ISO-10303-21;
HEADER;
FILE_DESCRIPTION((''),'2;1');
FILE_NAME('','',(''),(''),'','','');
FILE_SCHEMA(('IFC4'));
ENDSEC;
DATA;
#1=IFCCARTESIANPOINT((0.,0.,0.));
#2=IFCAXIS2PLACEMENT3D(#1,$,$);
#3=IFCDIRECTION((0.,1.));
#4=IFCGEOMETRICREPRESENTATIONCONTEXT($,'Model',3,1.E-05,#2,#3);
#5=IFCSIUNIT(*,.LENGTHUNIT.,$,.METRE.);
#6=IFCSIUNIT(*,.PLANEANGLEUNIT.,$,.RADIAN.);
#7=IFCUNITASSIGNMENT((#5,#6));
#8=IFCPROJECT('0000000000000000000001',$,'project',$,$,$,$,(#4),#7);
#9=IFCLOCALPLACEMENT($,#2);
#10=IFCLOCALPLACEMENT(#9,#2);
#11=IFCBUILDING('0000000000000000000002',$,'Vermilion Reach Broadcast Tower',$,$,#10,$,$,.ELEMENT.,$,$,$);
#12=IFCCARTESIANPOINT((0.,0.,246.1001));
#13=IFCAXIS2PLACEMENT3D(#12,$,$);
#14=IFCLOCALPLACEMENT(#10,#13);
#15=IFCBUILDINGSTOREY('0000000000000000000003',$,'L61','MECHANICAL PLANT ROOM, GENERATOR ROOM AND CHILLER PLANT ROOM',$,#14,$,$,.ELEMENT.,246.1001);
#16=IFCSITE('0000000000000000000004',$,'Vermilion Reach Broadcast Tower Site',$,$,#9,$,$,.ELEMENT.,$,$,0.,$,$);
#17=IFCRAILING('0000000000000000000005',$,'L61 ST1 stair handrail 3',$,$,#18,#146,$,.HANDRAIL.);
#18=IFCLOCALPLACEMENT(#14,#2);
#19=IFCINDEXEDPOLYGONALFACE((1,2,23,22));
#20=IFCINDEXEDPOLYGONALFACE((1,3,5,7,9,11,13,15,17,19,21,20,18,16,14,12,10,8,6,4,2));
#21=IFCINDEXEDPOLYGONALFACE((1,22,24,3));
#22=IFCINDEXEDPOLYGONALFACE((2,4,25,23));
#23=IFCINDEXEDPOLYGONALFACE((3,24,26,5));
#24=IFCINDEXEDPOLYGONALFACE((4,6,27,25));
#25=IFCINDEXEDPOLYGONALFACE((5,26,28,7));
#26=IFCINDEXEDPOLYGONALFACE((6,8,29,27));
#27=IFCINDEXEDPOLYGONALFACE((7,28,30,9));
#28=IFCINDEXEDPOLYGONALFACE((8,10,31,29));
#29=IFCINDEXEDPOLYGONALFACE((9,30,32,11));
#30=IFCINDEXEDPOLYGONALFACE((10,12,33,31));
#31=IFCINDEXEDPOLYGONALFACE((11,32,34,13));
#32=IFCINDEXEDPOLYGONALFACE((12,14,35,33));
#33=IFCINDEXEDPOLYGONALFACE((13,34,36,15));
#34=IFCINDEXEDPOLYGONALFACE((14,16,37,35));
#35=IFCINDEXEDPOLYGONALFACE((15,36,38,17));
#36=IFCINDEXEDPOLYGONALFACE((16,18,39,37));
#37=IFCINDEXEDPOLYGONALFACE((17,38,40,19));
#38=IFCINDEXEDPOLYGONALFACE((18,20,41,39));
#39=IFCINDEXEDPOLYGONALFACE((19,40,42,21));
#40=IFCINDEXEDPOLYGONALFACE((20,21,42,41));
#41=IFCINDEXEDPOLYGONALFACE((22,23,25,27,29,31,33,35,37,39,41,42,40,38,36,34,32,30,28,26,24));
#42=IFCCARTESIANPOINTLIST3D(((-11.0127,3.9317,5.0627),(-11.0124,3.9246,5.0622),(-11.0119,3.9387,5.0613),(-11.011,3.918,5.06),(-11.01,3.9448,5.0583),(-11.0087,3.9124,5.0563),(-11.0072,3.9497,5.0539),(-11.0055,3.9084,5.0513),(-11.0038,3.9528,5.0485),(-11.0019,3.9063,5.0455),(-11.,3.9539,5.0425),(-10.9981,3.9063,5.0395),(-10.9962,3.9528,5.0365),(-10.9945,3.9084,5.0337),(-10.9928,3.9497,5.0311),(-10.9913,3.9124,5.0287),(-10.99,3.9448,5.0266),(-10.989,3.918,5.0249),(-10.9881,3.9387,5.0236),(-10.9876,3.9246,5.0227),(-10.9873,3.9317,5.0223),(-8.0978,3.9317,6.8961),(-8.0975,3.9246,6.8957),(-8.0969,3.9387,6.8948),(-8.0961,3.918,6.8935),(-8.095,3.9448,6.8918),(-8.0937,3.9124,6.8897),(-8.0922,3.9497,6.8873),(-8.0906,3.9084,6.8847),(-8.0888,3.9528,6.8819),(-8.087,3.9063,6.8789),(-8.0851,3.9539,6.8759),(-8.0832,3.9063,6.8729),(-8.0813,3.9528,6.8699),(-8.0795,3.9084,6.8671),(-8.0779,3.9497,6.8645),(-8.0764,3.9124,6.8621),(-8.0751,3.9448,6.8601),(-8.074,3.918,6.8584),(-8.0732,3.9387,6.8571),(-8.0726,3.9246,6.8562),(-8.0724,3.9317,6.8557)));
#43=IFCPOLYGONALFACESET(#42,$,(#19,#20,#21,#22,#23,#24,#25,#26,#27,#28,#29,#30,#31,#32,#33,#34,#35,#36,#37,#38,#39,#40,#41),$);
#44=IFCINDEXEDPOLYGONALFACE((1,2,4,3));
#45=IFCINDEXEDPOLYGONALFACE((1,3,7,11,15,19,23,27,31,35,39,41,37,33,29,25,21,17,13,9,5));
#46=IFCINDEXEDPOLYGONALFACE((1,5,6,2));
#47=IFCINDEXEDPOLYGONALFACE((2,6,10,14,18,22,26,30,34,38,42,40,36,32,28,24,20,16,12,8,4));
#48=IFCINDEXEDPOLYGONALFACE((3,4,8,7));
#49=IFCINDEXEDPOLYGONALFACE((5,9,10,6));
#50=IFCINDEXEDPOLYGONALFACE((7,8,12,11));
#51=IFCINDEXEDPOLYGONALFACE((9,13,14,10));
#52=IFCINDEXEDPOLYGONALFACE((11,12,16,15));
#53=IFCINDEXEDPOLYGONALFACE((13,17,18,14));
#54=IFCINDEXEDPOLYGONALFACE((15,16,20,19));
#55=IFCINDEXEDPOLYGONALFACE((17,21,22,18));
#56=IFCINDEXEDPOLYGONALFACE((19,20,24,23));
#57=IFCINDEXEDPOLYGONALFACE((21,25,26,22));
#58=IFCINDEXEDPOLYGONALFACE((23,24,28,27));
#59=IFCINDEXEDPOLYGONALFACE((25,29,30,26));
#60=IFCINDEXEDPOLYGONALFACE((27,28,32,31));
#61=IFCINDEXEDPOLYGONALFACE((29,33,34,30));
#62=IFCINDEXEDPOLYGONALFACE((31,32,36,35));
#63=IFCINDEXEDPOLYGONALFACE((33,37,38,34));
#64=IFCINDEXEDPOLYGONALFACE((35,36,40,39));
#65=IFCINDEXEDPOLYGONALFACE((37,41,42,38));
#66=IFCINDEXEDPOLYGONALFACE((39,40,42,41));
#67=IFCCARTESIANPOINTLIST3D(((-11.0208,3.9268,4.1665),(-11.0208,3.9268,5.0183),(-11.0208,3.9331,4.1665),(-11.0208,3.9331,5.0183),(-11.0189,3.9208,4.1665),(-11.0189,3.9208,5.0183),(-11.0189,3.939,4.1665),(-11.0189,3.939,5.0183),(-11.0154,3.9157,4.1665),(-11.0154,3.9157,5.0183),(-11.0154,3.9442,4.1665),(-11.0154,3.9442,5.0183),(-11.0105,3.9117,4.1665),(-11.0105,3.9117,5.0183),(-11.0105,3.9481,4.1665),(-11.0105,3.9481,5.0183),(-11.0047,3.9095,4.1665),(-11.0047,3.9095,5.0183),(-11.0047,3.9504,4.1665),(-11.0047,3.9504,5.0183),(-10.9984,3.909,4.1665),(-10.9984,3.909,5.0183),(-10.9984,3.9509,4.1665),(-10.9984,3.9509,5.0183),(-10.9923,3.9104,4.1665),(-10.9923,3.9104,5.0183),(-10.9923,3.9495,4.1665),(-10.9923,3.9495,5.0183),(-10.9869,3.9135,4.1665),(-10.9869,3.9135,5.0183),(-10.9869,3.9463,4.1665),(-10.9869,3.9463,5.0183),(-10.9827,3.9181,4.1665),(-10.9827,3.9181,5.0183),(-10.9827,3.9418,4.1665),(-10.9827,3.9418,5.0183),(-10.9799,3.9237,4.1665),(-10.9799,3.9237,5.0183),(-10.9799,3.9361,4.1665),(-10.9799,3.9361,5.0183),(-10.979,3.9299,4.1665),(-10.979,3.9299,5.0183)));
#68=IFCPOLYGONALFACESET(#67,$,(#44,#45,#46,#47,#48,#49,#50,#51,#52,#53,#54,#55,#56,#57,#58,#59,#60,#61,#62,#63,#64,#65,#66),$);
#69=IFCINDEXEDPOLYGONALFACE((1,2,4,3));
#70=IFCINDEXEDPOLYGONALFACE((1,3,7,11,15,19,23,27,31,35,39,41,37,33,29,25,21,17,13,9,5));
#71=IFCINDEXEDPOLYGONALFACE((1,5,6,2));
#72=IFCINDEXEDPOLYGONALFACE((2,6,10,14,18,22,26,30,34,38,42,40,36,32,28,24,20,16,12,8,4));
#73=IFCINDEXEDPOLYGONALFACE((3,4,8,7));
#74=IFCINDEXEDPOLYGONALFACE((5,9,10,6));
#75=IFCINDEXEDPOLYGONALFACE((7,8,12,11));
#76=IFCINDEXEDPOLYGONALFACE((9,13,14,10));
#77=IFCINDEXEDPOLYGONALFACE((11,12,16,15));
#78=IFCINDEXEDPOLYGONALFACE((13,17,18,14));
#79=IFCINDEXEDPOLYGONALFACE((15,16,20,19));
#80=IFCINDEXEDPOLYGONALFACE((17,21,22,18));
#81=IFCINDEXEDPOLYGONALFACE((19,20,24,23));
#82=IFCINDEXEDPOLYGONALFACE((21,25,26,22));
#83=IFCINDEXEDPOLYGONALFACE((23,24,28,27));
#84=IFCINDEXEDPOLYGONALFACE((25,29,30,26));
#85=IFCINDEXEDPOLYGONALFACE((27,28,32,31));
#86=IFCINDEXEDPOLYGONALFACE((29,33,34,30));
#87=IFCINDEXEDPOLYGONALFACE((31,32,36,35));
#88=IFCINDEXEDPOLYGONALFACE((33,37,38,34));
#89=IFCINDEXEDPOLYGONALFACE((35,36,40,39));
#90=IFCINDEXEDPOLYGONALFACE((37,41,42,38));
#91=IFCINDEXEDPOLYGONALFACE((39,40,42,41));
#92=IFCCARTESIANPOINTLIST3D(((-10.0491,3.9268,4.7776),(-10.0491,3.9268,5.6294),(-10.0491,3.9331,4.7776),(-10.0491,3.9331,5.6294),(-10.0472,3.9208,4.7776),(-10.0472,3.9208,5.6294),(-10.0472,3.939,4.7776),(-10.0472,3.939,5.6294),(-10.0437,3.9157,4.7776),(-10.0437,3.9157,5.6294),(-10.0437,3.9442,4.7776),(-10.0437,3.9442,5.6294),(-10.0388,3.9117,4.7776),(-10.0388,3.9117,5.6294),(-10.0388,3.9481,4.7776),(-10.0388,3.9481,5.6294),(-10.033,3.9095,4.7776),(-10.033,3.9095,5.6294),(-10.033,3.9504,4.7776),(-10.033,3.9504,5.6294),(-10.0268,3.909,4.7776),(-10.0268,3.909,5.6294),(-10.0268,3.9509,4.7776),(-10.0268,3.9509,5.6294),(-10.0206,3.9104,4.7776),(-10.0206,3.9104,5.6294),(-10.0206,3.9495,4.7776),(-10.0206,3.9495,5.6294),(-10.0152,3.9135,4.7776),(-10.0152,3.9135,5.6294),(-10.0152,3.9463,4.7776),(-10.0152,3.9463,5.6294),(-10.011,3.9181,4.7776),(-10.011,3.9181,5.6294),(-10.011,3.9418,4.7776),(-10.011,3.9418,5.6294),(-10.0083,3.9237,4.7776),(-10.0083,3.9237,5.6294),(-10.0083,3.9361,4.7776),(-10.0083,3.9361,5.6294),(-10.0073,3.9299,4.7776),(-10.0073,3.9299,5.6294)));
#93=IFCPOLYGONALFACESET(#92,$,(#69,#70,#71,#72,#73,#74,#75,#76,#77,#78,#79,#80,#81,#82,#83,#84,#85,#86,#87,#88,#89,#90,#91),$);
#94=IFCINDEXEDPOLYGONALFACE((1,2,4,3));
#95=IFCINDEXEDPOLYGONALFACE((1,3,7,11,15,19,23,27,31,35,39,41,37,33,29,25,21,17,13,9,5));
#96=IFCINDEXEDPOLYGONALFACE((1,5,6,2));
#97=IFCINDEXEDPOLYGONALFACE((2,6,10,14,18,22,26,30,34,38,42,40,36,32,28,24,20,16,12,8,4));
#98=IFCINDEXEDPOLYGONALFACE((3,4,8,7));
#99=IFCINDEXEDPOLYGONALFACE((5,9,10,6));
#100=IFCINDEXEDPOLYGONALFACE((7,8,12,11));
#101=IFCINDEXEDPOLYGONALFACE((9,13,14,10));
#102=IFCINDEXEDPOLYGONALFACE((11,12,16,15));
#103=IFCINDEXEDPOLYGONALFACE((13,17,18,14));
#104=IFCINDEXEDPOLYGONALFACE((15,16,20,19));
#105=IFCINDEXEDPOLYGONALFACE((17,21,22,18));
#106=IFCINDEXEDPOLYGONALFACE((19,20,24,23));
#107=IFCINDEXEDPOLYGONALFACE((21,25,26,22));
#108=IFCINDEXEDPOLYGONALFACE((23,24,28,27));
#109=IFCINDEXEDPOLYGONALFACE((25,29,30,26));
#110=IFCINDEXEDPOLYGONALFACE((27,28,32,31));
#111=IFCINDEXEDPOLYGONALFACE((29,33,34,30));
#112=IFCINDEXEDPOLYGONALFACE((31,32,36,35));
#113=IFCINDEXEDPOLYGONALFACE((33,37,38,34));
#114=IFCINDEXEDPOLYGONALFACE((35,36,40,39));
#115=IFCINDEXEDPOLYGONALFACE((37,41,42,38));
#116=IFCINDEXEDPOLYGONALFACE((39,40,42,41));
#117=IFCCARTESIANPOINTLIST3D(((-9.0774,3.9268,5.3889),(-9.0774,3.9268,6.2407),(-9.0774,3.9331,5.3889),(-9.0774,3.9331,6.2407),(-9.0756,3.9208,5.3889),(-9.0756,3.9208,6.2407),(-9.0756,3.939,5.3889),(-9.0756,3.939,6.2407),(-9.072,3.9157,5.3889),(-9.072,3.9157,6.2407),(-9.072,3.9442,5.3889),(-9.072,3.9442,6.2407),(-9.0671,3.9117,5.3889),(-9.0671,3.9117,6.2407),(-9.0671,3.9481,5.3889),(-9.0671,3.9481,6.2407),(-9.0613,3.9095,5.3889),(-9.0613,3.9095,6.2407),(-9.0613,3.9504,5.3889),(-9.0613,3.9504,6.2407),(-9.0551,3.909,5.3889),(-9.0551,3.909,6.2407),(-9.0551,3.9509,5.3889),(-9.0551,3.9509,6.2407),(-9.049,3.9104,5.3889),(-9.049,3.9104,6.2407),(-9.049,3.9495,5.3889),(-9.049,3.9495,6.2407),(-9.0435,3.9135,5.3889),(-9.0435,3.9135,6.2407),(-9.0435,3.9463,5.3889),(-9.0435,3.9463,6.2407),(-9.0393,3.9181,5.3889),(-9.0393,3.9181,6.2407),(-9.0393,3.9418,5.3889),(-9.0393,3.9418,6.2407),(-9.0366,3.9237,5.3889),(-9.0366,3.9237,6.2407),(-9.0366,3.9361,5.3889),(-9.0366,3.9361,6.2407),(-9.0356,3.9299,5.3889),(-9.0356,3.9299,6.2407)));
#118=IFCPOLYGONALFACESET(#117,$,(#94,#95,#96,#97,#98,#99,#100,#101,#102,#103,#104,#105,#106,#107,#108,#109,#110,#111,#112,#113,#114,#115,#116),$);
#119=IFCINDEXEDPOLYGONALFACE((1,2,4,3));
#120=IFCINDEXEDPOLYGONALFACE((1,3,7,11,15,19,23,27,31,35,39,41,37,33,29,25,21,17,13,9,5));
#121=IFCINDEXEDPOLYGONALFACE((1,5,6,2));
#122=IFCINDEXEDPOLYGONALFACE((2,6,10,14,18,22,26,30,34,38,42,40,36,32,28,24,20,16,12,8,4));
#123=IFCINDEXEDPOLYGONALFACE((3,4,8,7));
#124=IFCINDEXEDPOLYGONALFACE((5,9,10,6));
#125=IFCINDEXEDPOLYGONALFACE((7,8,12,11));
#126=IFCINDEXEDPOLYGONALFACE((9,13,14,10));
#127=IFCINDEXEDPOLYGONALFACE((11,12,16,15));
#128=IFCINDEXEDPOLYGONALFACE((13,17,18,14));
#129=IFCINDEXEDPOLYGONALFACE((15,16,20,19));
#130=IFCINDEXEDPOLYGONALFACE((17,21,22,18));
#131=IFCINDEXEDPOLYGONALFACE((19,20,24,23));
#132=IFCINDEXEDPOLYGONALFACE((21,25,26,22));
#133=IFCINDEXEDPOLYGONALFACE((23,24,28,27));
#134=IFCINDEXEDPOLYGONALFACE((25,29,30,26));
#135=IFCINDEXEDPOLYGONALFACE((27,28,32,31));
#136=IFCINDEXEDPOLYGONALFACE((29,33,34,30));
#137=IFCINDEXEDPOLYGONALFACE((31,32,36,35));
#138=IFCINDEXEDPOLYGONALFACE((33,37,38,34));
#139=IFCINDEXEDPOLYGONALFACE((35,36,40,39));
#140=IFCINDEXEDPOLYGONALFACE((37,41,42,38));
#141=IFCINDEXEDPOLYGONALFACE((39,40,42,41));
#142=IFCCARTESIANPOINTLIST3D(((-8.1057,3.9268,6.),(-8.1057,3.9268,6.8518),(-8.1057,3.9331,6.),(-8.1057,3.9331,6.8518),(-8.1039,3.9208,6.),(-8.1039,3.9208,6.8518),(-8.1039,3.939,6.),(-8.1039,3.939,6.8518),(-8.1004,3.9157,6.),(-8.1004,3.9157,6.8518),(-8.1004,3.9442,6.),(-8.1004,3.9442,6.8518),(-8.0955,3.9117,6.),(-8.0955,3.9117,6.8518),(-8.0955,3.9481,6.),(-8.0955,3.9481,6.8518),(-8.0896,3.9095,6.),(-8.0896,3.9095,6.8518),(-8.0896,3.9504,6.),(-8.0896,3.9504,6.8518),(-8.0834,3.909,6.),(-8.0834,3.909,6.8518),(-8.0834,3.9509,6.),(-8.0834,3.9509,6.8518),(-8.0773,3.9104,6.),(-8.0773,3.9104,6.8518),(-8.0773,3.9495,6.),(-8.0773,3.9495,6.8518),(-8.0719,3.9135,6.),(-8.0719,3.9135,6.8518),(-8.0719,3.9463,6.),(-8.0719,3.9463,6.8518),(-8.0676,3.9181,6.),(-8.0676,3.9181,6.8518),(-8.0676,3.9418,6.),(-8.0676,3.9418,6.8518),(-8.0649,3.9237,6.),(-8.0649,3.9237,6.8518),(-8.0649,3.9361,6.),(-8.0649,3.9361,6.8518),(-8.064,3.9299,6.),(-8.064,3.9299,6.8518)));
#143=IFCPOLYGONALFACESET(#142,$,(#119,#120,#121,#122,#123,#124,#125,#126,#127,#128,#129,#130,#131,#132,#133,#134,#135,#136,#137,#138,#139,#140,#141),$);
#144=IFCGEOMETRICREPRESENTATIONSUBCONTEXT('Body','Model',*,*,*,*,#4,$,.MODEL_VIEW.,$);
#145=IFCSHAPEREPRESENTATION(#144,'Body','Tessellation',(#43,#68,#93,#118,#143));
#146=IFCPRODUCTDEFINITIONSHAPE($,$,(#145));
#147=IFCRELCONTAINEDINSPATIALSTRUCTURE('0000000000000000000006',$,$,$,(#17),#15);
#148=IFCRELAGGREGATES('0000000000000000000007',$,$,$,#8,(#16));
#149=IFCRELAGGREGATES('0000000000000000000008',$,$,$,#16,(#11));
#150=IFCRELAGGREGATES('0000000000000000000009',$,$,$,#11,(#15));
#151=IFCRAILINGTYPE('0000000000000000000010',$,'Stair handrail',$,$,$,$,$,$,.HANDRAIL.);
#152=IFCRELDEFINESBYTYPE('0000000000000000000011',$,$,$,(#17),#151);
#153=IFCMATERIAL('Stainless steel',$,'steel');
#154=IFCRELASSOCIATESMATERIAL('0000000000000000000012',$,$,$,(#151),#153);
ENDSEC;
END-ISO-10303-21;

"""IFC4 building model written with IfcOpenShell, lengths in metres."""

from ifc_helpers import new_model, si_unit, direction, frame, origin, origin_2d, place, context, subcontext, project, spatial, circle, extrude, material, type_object, element, save


model = new_model("IFC4")

# Units and contexts
model_context = context("Model", 3, precision=1e-05, world=origin(), true_north=direction((0.0, 1.0)))
body_context = subcontext(model_context, "Body", "Model", "MODEL_VIEW")
ifc_project = project(units=[si_unit("LENGTHUNIT", "METRE"), si_unit("PLANEANGLEUNIT", "RADIAN")], contexts=[model_context])

# Site, building, storey
site_placement = place(None, origin())
site = spatial("IfcSite", under=ifc_project, at=site_placement, Name="Vermilion Reach Broadcast Tower Site", CompositionType="ELEMENT", RefElevation=0.0)
building_placement = place(site_placement, origin())
building = spatial("IfcBuilding", under=site, at=building_placement, Name="Vermilion Reach Broadcast Tower", CompositionType="ELEMENT")
storey_placement = place(building_placement, frame((0.0, 0.0, 246.1001)))
storey = spatial("IfcBuildingStorey", under=building, at=storey_placement, Name="L61", Description="MECHANICAL PLANT ROOM, GENERATOR ROOM AND CHILLER PLANT ROOM", CompositionType="ELEMENT", Elevation=246.1001)

# Railing
ifc_material_1 = material(Name="Stainless steel", Category="steel")
railing_type_1 = type_object("IfcRailingType", Name="Stair handrail", PredefinedType="HANDRAIL", material=ifc_material_1)
railing_1_placement = place(storey_placement, frame((-11.0, 3.9299, 4.1665)))
element("IfcRailing", 1, at=railing_1_placement, inside=storey, type_object=railing_type_1, Name="L61 ST1 stair handrail 3", PredefinedType="HANDRAIL", context=body_context, shape_type="SweptSolid", body=[
    extrude(circle(Radius=0.0239, at=origin_2d()), frame((0.0, 0.0, 0.876), z_axis=(0.846481, 0.0, 0.532418), x_axis=(0.0, 1.0, 0.0)), (0.0, 0.0, 1.0), 3.4436),
    extrude(circle(Radius=0.021, at=origin_2d()), origin(), (0.0, 0.0, 1.0), 0.8518),
    extrude(circle(Radius=0.021, at=origin_2d()), frame((0.9717, 0.0, 0.6111)), (0.0, 0.0, 1.0), 0.8518),
    extrude(circle(Radius=0.021, at=origin_2d()), frame((1.9434, 0.0, 1.2224)), (0.0, 0.0, 1.0), 0.8518),
    extrude(circle(Radius=0.021, at=origin_2d()), frame((2.915, 0.0, 1.8335)), (0.0, 0.0, 1.0), 0.8518),
])

save(model, "model.ifc")
